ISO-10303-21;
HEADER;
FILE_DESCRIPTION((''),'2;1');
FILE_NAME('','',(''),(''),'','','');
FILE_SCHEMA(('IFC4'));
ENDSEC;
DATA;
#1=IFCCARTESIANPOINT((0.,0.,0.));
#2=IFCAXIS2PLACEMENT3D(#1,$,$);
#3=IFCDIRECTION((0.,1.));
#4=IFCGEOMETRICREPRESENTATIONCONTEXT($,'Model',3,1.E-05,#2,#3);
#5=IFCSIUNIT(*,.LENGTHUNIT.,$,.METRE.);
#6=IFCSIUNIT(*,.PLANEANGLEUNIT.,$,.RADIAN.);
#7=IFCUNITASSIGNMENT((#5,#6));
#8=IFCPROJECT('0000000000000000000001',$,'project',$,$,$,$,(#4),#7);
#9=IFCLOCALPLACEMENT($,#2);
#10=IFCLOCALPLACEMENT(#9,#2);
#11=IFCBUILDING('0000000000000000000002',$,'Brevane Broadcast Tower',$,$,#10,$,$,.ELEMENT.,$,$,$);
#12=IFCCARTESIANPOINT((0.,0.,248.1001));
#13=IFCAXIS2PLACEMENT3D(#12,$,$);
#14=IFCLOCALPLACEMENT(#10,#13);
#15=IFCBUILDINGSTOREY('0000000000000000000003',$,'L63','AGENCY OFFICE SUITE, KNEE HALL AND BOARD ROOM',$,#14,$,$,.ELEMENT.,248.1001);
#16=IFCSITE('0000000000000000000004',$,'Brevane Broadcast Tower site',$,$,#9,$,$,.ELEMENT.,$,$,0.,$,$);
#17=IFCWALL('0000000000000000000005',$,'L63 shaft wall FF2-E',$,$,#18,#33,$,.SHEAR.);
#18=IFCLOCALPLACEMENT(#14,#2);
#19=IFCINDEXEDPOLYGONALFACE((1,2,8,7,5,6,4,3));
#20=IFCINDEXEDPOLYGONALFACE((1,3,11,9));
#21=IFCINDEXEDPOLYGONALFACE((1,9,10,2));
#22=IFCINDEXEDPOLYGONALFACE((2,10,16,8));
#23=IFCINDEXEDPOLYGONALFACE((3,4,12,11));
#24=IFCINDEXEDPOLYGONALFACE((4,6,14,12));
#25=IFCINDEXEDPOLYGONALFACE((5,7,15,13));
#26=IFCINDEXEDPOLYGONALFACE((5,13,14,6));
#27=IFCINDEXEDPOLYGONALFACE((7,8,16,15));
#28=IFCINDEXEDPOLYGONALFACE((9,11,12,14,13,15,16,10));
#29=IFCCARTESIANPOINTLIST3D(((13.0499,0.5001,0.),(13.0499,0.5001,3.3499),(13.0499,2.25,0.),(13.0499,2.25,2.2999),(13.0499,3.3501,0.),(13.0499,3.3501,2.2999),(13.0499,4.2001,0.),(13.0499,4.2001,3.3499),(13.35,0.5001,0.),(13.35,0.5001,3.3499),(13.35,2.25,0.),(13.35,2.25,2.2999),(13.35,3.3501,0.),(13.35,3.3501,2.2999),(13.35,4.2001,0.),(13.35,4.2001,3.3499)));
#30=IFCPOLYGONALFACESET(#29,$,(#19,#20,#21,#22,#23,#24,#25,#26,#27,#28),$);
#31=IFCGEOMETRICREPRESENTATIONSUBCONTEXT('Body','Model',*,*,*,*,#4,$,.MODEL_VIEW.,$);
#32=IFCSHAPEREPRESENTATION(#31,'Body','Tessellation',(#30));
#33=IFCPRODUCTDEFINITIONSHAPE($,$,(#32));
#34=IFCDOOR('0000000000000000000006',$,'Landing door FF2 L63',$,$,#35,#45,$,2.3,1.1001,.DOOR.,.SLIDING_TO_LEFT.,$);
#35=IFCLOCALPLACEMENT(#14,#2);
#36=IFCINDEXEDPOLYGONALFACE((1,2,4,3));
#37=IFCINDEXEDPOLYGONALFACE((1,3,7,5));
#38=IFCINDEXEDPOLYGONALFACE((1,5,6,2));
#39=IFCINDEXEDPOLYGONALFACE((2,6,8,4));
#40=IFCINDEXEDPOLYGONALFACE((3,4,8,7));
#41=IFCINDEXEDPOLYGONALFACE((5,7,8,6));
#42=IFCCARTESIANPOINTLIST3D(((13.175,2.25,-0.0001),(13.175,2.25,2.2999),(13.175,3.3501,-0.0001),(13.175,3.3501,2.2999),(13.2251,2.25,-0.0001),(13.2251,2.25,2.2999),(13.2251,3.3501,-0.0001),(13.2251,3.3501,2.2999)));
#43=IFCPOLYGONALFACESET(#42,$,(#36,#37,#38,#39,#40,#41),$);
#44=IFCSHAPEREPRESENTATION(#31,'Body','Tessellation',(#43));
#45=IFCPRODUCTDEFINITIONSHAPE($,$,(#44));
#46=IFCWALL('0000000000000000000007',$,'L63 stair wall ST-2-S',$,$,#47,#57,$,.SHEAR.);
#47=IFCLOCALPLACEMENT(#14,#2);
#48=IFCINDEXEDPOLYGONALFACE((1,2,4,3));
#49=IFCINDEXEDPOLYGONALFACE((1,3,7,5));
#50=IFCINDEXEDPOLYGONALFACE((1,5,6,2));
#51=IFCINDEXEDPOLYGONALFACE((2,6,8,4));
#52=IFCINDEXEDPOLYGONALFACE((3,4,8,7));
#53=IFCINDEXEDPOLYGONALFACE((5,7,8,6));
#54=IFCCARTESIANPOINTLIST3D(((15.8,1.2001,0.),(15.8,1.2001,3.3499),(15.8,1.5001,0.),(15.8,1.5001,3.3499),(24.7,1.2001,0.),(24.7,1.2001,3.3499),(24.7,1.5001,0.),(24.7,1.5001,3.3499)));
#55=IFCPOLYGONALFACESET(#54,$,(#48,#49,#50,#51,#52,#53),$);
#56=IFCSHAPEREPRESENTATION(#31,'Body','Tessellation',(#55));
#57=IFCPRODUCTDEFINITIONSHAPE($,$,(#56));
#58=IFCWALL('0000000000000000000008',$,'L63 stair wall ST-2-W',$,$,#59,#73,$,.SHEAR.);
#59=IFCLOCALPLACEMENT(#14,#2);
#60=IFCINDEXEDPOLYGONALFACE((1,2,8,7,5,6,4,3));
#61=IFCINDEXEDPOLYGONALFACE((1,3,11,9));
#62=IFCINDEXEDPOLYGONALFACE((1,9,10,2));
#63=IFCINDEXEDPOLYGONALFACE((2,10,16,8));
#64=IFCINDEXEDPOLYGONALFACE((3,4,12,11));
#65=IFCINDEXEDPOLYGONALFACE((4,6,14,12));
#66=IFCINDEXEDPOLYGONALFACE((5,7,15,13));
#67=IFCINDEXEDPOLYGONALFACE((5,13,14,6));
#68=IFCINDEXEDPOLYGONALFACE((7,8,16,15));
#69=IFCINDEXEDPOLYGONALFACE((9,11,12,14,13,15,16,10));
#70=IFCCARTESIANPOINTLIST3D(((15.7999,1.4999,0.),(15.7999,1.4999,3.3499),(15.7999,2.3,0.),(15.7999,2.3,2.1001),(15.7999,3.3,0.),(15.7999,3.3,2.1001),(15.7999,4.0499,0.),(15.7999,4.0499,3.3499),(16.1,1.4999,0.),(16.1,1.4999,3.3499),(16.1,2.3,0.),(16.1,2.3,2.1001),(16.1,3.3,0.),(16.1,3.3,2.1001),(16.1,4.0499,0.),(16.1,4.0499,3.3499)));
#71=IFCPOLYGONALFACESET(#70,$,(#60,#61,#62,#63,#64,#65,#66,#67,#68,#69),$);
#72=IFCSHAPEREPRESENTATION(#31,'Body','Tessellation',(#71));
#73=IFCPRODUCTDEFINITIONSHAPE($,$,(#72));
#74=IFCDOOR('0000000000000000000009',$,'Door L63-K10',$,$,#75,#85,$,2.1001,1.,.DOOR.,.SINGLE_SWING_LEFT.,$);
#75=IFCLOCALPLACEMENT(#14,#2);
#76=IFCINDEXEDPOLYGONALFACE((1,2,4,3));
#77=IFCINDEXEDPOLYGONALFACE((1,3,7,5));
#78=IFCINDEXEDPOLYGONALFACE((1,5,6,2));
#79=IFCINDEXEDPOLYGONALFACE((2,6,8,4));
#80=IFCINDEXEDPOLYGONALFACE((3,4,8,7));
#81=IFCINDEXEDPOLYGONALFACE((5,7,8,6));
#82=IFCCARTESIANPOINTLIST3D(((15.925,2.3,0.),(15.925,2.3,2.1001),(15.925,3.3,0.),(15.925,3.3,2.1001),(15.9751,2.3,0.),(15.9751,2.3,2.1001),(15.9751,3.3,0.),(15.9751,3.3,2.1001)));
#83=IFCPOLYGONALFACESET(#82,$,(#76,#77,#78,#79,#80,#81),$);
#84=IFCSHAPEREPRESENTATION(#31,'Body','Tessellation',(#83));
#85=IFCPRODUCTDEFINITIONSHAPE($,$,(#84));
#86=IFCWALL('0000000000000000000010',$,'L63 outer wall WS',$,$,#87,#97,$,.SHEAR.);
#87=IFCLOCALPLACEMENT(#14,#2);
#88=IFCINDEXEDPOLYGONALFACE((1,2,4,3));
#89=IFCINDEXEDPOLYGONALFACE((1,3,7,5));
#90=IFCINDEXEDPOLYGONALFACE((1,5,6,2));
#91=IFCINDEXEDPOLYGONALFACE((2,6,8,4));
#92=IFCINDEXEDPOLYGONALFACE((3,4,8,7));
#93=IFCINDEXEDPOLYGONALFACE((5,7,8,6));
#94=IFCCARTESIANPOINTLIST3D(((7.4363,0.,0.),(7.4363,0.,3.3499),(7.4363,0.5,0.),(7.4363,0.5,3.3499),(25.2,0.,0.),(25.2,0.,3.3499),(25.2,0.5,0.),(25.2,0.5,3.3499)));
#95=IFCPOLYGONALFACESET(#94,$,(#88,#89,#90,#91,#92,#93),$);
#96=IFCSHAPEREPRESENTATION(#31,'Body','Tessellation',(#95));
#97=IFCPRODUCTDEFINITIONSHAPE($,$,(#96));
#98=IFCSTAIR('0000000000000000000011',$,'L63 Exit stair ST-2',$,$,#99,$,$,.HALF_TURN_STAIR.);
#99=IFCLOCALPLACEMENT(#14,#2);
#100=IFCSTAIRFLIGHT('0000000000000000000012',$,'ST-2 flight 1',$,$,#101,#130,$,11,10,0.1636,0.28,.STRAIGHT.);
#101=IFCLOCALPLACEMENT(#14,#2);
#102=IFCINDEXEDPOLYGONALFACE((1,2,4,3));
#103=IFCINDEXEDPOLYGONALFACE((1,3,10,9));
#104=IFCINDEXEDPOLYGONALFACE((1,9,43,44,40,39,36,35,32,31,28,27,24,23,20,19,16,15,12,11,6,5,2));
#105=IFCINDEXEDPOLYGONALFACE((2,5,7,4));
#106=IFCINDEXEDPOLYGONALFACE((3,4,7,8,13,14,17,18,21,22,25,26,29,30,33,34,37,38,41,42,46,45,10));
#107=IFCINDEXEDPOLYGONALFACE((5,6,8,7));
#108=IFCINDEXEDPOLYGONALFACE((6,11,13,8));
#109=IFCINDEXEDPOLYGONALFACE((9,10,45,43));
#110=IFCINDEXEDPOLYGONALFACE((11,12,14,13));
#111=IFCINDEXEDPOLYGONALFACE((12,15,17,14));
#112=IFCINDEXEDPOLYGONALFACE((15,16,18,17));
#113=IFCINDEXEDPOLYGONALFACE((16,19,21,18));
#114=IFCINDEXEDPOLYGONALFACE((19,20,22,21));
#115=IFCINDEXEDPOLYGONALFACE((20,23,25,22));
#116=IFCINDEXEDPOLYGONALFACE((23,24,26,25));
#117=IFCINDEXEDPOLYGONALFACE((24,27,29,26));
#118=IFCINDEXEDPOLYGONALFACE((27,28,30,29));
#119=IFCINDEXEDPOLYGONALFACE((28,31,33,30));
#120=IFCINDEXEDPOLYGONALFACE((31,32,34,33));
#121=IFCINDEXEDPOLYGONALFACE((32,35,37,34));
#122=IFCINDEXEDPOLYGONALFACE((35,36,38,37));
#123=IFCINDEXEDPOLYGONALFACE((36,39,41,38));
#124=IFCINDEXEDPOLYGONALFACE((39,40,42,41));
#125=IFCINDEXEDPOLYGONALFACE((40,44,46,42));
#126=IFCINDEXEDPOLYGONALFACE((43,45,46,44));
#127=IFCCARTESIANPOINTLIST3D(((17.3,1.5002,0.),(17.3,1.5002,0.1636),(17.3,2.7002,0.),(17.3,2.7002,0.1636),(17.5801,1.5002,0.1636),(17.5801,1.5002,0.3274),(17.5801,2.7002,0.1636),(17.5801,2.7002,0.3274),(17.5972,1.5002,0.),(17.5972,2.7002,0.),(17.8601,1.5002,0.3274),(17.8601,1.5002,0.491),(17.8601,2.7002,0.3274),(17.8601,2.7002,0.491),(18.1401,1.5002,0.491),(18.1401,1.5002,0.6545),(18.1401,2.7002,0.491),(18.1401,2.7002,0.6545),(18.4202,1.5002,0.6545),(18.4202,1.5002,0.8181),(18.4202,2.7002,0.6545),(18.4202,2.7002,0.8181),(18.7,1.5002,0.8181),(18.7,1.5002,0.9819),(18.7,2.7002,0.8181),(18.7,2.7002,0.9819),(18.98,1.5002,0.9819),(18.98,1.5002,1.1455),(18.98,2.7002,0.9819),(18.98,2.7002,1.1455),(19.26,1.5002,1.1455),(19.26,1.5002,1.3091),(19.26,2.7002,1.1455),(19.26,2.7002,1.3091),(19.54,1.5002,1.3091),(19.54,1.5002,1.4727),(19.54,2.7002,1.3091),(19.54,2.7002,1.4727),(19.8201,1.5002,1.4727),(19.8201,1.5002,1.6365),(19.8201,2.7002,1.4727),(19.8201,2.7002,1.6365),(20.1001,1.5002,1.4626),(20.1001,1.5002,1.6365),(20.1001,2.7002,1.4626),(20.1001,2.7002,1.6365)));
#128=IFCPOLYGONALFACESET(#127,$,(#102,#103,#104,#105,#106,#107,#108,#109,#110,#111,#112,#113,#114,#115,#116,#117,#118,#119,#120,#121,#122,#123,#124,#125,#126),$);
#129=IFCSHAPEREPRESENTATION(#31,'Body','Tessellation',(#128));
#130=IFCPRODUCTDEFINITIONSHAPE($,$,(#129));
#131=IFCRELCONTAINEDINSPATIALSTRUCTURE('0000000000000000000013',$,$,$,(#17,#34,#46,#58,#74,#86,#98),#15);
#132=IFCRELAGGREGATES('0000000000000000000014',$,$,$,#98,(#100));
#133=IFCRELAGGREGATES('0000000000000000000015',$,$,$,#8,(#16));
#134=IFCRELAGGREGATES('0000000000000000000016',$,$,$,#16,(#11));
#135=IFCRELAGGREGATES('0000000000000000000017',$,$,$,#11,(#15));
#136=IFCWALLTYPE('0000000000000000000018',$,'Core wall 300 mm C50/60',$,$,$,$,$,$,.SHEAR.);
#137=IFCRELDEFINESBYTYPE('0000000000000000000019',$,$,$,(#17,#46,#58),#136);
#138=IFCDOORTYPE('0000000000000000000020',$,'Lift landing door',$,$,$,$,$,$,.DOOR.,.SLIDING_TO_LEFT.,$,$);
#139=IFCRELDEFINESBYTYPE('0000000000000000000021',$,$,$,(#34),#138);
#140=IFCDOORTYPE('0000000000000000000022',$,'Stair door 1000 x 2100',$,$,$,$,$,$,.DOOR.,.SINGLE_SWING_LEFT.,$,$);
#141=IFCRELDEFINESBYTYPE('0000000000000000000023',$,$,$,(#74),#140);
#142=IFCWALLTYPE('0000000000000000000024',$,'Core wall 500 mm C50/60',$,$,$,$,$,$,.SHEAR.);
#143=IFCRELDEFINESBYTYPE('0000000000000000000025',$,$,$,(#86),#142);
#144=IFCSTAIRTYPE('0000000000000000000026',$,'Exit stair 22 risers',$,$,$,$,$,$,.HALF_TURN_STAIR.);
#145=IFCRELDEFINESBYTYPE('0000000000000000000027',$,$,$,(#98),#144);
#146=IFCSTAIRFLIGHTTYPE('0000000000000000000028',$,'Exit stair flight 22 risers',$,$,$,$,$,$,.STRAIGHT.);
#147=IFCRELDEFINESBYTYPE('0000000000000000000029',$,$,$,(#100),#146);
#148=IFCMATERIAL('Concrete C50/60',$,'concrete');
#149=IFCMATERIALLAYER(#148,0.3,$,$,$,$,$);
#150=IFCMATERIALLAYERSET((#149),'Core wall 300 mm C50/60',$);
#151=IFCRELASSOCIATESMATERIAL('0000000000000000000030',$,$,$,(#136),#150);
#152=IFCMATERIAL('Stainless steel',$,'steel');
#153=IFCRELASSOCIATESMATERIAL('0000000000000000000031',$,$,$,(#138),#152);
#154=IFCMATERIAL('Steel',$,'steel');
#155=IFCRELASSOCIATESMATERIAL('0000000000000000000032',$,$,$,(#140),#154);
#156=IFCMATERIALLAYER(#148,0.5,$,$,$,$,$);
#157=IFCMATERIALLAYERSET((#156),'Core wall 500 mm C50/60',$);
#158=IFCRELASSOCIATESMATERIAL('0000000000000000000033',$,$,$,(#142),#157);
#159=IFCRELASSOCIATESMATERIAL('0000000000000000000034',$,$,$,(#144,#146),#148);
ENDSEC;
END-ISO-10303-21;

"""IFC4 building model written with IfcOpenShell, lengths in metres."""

from ifc_helpers import new_model, si_unit, direction, frame, frame_2d, origin, place, context, subcontext, project, spatial, polyline, rectangle, outline, extrude, material, layer, layer_set, type_object, element, fill, aggregate, save


model = new_model("IFC4")

# Units and contexts
model_context = context("Model", 3, precision=1e-05, world=origin(), true_north=direction((0.0, 1.0)))
body_context = subcontext(model_context, "Body", "Model", "MODEL_VIEW")
ifc_project = project(units=[si_unit("LENGTHUNIT", "METRE"), si_unit("PLANEANGLEUNIT", "RADIAN")], contexts=[model_context])

# Site, building, storey
site_placement = place(None, origin())
site = spatial("IfcSite", under=ifc_project, at=site_placement, Name="Brevane Broadcast Tower site", CompositionType="ELEMENT", RefElevation=0.0)
building_placement = place(site_placement, origin())
building = spatial("IfcBuilding", under=site, at=building_placement, Name="Brevane Broadcast Tower", CompositionType="ELEMENT")
storey_placement = place(building_placement, frame((0.0, 0.0, 248.1001)))
storey = spatial("IfcBuildingStorey", under=building, at=storey_placement, Name="L63", Description="AGENCY OFFICE SUITE, KNEE HALL AND BOARD ROOM", CompositionType="ELEMENT", Elevation=248.1001)

# Shared definitions
ifc_material_1 = material(Name="Concrete C50/60", Category="concrete")
ifc_layer_1 = layer(ifc_material_1, 0.3)
ifc_layer_set_1 = layer_set([ifc_layer_1], Name="Core wall 300 mm C50/60")
wall_type_1 = type_object("IfcWallType", Name="Core wall 300 mm C50/60", PredefinedType="SHEAR", material=ifc_layer_set_1)

# Wall, opening, door
wall_1_placement = place(storey_placement, frame((13.2, 0.5, 0.0), z_axis=(0.0, 0.0, 1.0), x_axis=(0.0, 1.0, 0.0)))
wall_1 = element("IfcWall", 1, at=wall_1_placement, inside=storey, type_object=wall_type_1, Name="L63 shaft wall FF2-E", PredefinedType="SHEAR", context=body_context, shape_type="SweptSolid", body=[
    extrude(rectangle(XDim=3.7, YDim=0.3, at=frame_2d((1.8501, 0.0))), origin(), (0.0, 0.0, 1.0), 3.3499),
])
opening_1_placement = place(wall_1_placement, frame((1.75, 0.0, 0.0)))
opening_1 = element("IfcOpeningElement", 2, at=opening_1_placement, cuts=wall_1, PredefinedType="OPENING", context=body_context, shape_type="SweptSolid", body=[
    extrude(rectangle(XDim=1.1001, YDim=2.3, at=frame_2d((0.55, 1.1499))), frame((0.0, 0.1599, 0.0), z_axis=(0.0, -1.0, 0.0), x_axis=(1.0, 0.0, 0.0)), (0.0, 0.0, 1.0), 0.3201),
])
ifc_material_2 = material(Name="Stainless steel", Category="steel")
door_type_1 = type_object("IfcDoorType", Name="Lift landing door", OperationType="SLIDING_TO_LEFT", PredefinedType="DOOR", material=ifc_material_2)
door_1_placement = place(opening_1_placement, origin())
door_1 = element("IfcDoor", 3, at=door_1_placement, inside=storey, type_object=door_type_1, Name="Landing door FF2 L63", OperationType="SLIDING_TO_LEFT", OverallHeight=2.3, OverallWidth=1.1001, PredefinedType="DOOR", context=body_context, shape_type="SweptSolid", body=[
    extrude(rectangle(XDim=1.1001, YDim=2.3, at=frame_2d((0.55, 1.1499))), frame((0.0, 0.0249, 0.0), z_axis=(0.0, -1.0, 0.0), x_axis=(1.0, 0.0, 0.0)), (0.0, 0.0, 1.0), 0.05),
])
fill(opening_1, door_1)

# Wall
wall_2_placement = place(storey_placement, frame((15.8, 1.3501, 0.0), z_axis=(0.0, 0.0, 1.0), x_axis=(1.0, 0.0, 0.0)))
element("IfcWall", 4, at=wall_2_placement, inside=storey, type_object=wall_type_1, Name="L63 stair wall ST-2-S", PredefinedType="SHEAR", context=body_context, shape_type="SweptSolid", body=[
    extrude(rectangle(XDim=8.8999, YDim=0.3, at=frame_2d((4.45, 0.0))), origin(), (0.0, 0.0, 1.0), 3.3499),
])

# Wall, opening, door
wall_3_placement = place(storey_placement, frame((15.95, 1.5, 0.0), z_axis=(0.0, 0.0, 1.0), x_axis=(0.0, 1.0, 0.0)))
wall_3 = element("IfcWall", 5, at=wall_3_placement, inside=storey, type_object=wall_type_1, Name="L63 stair wall ST-2-W", PredefinedType="SHEAR", context=body_context, shape_type="SweptSolid", body=[
    extrude(rectangle(XDim=2.55, YDim=0.3, at=frame_2d((1.2749, 0.0))), origin(), (0.0, 0.0, 1.0), 3.3499),
])
opening_2_placement = place(wall_3_placement, frame((0.8, 0.0, 0.0)))
opening_2 = element("IfcOpeningElement", 6, at=opening_2_placement, cuts=wall_3, PredefinedType="OPENING", context=body_context, shape_type="SweptSolid", body=[
    extrude(rectangle(XDim=1.0, YDim=2.1001, at=frame_2d((0.5, 1.05))), frame((0.0, 0.1599, 0.0), z_axis=(0.0, -1.0, 0.0), x_axis=(1.0, 0.0, 0.0)), (0.0, 0.0, 1.0), 0.3201),
])
ifc_material_3 = material(Name="Steel", Category="steel")
door_type_2 = type_object("IfcDoorType", Name="Stair door 1000 x 2100", OperationType="SINGLE_SWING_LEFT", PredefinedType="DOOR", material=ifc_material_3)
door_2_placement = place(opening_2_placement, origin())
door_2 = element("IfcDoor", 7, at=door_2_placement, inside=storey, type_object=door_type_2, Name="Door L63-K10", OperationType="SINGLE_SWING_LEFT", OverallHeight=2.1001, OverallWidth=1.0, PredefinedType="DOOR", context=body_context, shape_type="SweptSolid", body=[
    extrude(rectangle(XDim=1.0, YDim=2.1001, at=frame_2d((0.5, 1.05))), frame((0.0, 0.0249, 0.0), z_axis=(0.0, -1.0, 0.0), x_axis=(1.0, 0.0, 0.0)), (0.0, 0.0, 1.0), 0.05),
])
fill(opening_2, door_2)

# Wall
ifc_layer_2 = layer(ifc_material_1, 0.5)
ifc_layer_set_2 = layer_set([ifc_layer_2], Name="Core wall 500 mm C50/60")
wall_type_2 = type_object("IfcWallType", Name="Core wall 500 mm C50/60", PredefinedType="SHEAR", material=ifc_layer_set_2)
wall_4_placement = place(storey_placement, frame((7.4363, 0.25, 0.0), z_axis=(0.0, 0.0, 1.0), x_axis=(1.0, 0.0, 0.0)))
element("IfcWall", 8, at=wall_4_placement, inside=storey, type_object=wall_type_2, Name="L63 outer wall WS", PredefinedType="SHEAR", context=body_context, shape_type="SweptSolid", body=[
    extrude(rectangle(XDim=17.7637, YDim=0.5, at=frame_2d((8.8818, 0.0))), origin(), (0.0, 0.0, 1.0), 3.3499),
])

# Stair, stair flight
stair_type = type_object("IfcStairType", Name="Exit stair 22 risers", PredefinedType="HALF_TURN_STAIR", material=ifc_material_1)
stair_placement = place(storey_placement, origin())
stair = element("IfcStair", 9, at=stair_placement, inside=storey, type_object=stair_type, Name="L63 Exit stair ST-2", PredefinedType="HALF_TURN_STAIR")
stair_flight_type = type_object("IfcStairFlightType", Name="Exit stair flight 22 risers", PredefinedType="STRAIGHT", material=ifc_material_1)
stair_flight_placement = place(storey_placement, frame((17.3, 2.1001, 0.0), z_axis=(0.0, 0.0, 1.0), x_axis=(1.0, 0.0, 0.0)))
stair_flight = element("IfcStairFlight", 10, at=stair_flight_placement, type_object=stair_flight_type, Name="ST-2 flight 1", NumberOfRisers=11, NumberOfTreads=10, PredefinedType="STRAIGHT", RiserHeight=0.1636, TreadLength=0.28, context=body_context, shape_type="SweptSolid", body=[
    extrude(outline(polyline([(0.0, 0.0), (0.0, 0.1636), (0.28, 0.1636), (0.28, 0.3274), (0.5601, 0.3274), (0.5601, 0.491), (0.8401, 0.491), (0.8401, 0.6545), (1.1201, 0.6545), (1.1201, 0.8181), (1.3999, 0.8181), (1.3999, 0.9819), (1.6799, 0.9819), (1.6799, 1.1455), (1.96, 1.1455), (1.96, 1.3091), (2.24, 1.3091), (2.24, 1.4727), (2.52, 1.4727), (2.52, 1.6365), (2.8, 1.6365), (2.8, 1.8), (2.8, 1.4626), (0.2971, 0.0), (0.0, 0.0)])), frame((0.0, 0.6001, 0.0), z_axis=(0.0, -1.0, 0.0), x_axis=(1.0, 0.0, 0.0)), (0.0, 0.0, 1.0), 1.2),
])
aggregate(stair, [stair_flight])

save(model, "model.ifc")
